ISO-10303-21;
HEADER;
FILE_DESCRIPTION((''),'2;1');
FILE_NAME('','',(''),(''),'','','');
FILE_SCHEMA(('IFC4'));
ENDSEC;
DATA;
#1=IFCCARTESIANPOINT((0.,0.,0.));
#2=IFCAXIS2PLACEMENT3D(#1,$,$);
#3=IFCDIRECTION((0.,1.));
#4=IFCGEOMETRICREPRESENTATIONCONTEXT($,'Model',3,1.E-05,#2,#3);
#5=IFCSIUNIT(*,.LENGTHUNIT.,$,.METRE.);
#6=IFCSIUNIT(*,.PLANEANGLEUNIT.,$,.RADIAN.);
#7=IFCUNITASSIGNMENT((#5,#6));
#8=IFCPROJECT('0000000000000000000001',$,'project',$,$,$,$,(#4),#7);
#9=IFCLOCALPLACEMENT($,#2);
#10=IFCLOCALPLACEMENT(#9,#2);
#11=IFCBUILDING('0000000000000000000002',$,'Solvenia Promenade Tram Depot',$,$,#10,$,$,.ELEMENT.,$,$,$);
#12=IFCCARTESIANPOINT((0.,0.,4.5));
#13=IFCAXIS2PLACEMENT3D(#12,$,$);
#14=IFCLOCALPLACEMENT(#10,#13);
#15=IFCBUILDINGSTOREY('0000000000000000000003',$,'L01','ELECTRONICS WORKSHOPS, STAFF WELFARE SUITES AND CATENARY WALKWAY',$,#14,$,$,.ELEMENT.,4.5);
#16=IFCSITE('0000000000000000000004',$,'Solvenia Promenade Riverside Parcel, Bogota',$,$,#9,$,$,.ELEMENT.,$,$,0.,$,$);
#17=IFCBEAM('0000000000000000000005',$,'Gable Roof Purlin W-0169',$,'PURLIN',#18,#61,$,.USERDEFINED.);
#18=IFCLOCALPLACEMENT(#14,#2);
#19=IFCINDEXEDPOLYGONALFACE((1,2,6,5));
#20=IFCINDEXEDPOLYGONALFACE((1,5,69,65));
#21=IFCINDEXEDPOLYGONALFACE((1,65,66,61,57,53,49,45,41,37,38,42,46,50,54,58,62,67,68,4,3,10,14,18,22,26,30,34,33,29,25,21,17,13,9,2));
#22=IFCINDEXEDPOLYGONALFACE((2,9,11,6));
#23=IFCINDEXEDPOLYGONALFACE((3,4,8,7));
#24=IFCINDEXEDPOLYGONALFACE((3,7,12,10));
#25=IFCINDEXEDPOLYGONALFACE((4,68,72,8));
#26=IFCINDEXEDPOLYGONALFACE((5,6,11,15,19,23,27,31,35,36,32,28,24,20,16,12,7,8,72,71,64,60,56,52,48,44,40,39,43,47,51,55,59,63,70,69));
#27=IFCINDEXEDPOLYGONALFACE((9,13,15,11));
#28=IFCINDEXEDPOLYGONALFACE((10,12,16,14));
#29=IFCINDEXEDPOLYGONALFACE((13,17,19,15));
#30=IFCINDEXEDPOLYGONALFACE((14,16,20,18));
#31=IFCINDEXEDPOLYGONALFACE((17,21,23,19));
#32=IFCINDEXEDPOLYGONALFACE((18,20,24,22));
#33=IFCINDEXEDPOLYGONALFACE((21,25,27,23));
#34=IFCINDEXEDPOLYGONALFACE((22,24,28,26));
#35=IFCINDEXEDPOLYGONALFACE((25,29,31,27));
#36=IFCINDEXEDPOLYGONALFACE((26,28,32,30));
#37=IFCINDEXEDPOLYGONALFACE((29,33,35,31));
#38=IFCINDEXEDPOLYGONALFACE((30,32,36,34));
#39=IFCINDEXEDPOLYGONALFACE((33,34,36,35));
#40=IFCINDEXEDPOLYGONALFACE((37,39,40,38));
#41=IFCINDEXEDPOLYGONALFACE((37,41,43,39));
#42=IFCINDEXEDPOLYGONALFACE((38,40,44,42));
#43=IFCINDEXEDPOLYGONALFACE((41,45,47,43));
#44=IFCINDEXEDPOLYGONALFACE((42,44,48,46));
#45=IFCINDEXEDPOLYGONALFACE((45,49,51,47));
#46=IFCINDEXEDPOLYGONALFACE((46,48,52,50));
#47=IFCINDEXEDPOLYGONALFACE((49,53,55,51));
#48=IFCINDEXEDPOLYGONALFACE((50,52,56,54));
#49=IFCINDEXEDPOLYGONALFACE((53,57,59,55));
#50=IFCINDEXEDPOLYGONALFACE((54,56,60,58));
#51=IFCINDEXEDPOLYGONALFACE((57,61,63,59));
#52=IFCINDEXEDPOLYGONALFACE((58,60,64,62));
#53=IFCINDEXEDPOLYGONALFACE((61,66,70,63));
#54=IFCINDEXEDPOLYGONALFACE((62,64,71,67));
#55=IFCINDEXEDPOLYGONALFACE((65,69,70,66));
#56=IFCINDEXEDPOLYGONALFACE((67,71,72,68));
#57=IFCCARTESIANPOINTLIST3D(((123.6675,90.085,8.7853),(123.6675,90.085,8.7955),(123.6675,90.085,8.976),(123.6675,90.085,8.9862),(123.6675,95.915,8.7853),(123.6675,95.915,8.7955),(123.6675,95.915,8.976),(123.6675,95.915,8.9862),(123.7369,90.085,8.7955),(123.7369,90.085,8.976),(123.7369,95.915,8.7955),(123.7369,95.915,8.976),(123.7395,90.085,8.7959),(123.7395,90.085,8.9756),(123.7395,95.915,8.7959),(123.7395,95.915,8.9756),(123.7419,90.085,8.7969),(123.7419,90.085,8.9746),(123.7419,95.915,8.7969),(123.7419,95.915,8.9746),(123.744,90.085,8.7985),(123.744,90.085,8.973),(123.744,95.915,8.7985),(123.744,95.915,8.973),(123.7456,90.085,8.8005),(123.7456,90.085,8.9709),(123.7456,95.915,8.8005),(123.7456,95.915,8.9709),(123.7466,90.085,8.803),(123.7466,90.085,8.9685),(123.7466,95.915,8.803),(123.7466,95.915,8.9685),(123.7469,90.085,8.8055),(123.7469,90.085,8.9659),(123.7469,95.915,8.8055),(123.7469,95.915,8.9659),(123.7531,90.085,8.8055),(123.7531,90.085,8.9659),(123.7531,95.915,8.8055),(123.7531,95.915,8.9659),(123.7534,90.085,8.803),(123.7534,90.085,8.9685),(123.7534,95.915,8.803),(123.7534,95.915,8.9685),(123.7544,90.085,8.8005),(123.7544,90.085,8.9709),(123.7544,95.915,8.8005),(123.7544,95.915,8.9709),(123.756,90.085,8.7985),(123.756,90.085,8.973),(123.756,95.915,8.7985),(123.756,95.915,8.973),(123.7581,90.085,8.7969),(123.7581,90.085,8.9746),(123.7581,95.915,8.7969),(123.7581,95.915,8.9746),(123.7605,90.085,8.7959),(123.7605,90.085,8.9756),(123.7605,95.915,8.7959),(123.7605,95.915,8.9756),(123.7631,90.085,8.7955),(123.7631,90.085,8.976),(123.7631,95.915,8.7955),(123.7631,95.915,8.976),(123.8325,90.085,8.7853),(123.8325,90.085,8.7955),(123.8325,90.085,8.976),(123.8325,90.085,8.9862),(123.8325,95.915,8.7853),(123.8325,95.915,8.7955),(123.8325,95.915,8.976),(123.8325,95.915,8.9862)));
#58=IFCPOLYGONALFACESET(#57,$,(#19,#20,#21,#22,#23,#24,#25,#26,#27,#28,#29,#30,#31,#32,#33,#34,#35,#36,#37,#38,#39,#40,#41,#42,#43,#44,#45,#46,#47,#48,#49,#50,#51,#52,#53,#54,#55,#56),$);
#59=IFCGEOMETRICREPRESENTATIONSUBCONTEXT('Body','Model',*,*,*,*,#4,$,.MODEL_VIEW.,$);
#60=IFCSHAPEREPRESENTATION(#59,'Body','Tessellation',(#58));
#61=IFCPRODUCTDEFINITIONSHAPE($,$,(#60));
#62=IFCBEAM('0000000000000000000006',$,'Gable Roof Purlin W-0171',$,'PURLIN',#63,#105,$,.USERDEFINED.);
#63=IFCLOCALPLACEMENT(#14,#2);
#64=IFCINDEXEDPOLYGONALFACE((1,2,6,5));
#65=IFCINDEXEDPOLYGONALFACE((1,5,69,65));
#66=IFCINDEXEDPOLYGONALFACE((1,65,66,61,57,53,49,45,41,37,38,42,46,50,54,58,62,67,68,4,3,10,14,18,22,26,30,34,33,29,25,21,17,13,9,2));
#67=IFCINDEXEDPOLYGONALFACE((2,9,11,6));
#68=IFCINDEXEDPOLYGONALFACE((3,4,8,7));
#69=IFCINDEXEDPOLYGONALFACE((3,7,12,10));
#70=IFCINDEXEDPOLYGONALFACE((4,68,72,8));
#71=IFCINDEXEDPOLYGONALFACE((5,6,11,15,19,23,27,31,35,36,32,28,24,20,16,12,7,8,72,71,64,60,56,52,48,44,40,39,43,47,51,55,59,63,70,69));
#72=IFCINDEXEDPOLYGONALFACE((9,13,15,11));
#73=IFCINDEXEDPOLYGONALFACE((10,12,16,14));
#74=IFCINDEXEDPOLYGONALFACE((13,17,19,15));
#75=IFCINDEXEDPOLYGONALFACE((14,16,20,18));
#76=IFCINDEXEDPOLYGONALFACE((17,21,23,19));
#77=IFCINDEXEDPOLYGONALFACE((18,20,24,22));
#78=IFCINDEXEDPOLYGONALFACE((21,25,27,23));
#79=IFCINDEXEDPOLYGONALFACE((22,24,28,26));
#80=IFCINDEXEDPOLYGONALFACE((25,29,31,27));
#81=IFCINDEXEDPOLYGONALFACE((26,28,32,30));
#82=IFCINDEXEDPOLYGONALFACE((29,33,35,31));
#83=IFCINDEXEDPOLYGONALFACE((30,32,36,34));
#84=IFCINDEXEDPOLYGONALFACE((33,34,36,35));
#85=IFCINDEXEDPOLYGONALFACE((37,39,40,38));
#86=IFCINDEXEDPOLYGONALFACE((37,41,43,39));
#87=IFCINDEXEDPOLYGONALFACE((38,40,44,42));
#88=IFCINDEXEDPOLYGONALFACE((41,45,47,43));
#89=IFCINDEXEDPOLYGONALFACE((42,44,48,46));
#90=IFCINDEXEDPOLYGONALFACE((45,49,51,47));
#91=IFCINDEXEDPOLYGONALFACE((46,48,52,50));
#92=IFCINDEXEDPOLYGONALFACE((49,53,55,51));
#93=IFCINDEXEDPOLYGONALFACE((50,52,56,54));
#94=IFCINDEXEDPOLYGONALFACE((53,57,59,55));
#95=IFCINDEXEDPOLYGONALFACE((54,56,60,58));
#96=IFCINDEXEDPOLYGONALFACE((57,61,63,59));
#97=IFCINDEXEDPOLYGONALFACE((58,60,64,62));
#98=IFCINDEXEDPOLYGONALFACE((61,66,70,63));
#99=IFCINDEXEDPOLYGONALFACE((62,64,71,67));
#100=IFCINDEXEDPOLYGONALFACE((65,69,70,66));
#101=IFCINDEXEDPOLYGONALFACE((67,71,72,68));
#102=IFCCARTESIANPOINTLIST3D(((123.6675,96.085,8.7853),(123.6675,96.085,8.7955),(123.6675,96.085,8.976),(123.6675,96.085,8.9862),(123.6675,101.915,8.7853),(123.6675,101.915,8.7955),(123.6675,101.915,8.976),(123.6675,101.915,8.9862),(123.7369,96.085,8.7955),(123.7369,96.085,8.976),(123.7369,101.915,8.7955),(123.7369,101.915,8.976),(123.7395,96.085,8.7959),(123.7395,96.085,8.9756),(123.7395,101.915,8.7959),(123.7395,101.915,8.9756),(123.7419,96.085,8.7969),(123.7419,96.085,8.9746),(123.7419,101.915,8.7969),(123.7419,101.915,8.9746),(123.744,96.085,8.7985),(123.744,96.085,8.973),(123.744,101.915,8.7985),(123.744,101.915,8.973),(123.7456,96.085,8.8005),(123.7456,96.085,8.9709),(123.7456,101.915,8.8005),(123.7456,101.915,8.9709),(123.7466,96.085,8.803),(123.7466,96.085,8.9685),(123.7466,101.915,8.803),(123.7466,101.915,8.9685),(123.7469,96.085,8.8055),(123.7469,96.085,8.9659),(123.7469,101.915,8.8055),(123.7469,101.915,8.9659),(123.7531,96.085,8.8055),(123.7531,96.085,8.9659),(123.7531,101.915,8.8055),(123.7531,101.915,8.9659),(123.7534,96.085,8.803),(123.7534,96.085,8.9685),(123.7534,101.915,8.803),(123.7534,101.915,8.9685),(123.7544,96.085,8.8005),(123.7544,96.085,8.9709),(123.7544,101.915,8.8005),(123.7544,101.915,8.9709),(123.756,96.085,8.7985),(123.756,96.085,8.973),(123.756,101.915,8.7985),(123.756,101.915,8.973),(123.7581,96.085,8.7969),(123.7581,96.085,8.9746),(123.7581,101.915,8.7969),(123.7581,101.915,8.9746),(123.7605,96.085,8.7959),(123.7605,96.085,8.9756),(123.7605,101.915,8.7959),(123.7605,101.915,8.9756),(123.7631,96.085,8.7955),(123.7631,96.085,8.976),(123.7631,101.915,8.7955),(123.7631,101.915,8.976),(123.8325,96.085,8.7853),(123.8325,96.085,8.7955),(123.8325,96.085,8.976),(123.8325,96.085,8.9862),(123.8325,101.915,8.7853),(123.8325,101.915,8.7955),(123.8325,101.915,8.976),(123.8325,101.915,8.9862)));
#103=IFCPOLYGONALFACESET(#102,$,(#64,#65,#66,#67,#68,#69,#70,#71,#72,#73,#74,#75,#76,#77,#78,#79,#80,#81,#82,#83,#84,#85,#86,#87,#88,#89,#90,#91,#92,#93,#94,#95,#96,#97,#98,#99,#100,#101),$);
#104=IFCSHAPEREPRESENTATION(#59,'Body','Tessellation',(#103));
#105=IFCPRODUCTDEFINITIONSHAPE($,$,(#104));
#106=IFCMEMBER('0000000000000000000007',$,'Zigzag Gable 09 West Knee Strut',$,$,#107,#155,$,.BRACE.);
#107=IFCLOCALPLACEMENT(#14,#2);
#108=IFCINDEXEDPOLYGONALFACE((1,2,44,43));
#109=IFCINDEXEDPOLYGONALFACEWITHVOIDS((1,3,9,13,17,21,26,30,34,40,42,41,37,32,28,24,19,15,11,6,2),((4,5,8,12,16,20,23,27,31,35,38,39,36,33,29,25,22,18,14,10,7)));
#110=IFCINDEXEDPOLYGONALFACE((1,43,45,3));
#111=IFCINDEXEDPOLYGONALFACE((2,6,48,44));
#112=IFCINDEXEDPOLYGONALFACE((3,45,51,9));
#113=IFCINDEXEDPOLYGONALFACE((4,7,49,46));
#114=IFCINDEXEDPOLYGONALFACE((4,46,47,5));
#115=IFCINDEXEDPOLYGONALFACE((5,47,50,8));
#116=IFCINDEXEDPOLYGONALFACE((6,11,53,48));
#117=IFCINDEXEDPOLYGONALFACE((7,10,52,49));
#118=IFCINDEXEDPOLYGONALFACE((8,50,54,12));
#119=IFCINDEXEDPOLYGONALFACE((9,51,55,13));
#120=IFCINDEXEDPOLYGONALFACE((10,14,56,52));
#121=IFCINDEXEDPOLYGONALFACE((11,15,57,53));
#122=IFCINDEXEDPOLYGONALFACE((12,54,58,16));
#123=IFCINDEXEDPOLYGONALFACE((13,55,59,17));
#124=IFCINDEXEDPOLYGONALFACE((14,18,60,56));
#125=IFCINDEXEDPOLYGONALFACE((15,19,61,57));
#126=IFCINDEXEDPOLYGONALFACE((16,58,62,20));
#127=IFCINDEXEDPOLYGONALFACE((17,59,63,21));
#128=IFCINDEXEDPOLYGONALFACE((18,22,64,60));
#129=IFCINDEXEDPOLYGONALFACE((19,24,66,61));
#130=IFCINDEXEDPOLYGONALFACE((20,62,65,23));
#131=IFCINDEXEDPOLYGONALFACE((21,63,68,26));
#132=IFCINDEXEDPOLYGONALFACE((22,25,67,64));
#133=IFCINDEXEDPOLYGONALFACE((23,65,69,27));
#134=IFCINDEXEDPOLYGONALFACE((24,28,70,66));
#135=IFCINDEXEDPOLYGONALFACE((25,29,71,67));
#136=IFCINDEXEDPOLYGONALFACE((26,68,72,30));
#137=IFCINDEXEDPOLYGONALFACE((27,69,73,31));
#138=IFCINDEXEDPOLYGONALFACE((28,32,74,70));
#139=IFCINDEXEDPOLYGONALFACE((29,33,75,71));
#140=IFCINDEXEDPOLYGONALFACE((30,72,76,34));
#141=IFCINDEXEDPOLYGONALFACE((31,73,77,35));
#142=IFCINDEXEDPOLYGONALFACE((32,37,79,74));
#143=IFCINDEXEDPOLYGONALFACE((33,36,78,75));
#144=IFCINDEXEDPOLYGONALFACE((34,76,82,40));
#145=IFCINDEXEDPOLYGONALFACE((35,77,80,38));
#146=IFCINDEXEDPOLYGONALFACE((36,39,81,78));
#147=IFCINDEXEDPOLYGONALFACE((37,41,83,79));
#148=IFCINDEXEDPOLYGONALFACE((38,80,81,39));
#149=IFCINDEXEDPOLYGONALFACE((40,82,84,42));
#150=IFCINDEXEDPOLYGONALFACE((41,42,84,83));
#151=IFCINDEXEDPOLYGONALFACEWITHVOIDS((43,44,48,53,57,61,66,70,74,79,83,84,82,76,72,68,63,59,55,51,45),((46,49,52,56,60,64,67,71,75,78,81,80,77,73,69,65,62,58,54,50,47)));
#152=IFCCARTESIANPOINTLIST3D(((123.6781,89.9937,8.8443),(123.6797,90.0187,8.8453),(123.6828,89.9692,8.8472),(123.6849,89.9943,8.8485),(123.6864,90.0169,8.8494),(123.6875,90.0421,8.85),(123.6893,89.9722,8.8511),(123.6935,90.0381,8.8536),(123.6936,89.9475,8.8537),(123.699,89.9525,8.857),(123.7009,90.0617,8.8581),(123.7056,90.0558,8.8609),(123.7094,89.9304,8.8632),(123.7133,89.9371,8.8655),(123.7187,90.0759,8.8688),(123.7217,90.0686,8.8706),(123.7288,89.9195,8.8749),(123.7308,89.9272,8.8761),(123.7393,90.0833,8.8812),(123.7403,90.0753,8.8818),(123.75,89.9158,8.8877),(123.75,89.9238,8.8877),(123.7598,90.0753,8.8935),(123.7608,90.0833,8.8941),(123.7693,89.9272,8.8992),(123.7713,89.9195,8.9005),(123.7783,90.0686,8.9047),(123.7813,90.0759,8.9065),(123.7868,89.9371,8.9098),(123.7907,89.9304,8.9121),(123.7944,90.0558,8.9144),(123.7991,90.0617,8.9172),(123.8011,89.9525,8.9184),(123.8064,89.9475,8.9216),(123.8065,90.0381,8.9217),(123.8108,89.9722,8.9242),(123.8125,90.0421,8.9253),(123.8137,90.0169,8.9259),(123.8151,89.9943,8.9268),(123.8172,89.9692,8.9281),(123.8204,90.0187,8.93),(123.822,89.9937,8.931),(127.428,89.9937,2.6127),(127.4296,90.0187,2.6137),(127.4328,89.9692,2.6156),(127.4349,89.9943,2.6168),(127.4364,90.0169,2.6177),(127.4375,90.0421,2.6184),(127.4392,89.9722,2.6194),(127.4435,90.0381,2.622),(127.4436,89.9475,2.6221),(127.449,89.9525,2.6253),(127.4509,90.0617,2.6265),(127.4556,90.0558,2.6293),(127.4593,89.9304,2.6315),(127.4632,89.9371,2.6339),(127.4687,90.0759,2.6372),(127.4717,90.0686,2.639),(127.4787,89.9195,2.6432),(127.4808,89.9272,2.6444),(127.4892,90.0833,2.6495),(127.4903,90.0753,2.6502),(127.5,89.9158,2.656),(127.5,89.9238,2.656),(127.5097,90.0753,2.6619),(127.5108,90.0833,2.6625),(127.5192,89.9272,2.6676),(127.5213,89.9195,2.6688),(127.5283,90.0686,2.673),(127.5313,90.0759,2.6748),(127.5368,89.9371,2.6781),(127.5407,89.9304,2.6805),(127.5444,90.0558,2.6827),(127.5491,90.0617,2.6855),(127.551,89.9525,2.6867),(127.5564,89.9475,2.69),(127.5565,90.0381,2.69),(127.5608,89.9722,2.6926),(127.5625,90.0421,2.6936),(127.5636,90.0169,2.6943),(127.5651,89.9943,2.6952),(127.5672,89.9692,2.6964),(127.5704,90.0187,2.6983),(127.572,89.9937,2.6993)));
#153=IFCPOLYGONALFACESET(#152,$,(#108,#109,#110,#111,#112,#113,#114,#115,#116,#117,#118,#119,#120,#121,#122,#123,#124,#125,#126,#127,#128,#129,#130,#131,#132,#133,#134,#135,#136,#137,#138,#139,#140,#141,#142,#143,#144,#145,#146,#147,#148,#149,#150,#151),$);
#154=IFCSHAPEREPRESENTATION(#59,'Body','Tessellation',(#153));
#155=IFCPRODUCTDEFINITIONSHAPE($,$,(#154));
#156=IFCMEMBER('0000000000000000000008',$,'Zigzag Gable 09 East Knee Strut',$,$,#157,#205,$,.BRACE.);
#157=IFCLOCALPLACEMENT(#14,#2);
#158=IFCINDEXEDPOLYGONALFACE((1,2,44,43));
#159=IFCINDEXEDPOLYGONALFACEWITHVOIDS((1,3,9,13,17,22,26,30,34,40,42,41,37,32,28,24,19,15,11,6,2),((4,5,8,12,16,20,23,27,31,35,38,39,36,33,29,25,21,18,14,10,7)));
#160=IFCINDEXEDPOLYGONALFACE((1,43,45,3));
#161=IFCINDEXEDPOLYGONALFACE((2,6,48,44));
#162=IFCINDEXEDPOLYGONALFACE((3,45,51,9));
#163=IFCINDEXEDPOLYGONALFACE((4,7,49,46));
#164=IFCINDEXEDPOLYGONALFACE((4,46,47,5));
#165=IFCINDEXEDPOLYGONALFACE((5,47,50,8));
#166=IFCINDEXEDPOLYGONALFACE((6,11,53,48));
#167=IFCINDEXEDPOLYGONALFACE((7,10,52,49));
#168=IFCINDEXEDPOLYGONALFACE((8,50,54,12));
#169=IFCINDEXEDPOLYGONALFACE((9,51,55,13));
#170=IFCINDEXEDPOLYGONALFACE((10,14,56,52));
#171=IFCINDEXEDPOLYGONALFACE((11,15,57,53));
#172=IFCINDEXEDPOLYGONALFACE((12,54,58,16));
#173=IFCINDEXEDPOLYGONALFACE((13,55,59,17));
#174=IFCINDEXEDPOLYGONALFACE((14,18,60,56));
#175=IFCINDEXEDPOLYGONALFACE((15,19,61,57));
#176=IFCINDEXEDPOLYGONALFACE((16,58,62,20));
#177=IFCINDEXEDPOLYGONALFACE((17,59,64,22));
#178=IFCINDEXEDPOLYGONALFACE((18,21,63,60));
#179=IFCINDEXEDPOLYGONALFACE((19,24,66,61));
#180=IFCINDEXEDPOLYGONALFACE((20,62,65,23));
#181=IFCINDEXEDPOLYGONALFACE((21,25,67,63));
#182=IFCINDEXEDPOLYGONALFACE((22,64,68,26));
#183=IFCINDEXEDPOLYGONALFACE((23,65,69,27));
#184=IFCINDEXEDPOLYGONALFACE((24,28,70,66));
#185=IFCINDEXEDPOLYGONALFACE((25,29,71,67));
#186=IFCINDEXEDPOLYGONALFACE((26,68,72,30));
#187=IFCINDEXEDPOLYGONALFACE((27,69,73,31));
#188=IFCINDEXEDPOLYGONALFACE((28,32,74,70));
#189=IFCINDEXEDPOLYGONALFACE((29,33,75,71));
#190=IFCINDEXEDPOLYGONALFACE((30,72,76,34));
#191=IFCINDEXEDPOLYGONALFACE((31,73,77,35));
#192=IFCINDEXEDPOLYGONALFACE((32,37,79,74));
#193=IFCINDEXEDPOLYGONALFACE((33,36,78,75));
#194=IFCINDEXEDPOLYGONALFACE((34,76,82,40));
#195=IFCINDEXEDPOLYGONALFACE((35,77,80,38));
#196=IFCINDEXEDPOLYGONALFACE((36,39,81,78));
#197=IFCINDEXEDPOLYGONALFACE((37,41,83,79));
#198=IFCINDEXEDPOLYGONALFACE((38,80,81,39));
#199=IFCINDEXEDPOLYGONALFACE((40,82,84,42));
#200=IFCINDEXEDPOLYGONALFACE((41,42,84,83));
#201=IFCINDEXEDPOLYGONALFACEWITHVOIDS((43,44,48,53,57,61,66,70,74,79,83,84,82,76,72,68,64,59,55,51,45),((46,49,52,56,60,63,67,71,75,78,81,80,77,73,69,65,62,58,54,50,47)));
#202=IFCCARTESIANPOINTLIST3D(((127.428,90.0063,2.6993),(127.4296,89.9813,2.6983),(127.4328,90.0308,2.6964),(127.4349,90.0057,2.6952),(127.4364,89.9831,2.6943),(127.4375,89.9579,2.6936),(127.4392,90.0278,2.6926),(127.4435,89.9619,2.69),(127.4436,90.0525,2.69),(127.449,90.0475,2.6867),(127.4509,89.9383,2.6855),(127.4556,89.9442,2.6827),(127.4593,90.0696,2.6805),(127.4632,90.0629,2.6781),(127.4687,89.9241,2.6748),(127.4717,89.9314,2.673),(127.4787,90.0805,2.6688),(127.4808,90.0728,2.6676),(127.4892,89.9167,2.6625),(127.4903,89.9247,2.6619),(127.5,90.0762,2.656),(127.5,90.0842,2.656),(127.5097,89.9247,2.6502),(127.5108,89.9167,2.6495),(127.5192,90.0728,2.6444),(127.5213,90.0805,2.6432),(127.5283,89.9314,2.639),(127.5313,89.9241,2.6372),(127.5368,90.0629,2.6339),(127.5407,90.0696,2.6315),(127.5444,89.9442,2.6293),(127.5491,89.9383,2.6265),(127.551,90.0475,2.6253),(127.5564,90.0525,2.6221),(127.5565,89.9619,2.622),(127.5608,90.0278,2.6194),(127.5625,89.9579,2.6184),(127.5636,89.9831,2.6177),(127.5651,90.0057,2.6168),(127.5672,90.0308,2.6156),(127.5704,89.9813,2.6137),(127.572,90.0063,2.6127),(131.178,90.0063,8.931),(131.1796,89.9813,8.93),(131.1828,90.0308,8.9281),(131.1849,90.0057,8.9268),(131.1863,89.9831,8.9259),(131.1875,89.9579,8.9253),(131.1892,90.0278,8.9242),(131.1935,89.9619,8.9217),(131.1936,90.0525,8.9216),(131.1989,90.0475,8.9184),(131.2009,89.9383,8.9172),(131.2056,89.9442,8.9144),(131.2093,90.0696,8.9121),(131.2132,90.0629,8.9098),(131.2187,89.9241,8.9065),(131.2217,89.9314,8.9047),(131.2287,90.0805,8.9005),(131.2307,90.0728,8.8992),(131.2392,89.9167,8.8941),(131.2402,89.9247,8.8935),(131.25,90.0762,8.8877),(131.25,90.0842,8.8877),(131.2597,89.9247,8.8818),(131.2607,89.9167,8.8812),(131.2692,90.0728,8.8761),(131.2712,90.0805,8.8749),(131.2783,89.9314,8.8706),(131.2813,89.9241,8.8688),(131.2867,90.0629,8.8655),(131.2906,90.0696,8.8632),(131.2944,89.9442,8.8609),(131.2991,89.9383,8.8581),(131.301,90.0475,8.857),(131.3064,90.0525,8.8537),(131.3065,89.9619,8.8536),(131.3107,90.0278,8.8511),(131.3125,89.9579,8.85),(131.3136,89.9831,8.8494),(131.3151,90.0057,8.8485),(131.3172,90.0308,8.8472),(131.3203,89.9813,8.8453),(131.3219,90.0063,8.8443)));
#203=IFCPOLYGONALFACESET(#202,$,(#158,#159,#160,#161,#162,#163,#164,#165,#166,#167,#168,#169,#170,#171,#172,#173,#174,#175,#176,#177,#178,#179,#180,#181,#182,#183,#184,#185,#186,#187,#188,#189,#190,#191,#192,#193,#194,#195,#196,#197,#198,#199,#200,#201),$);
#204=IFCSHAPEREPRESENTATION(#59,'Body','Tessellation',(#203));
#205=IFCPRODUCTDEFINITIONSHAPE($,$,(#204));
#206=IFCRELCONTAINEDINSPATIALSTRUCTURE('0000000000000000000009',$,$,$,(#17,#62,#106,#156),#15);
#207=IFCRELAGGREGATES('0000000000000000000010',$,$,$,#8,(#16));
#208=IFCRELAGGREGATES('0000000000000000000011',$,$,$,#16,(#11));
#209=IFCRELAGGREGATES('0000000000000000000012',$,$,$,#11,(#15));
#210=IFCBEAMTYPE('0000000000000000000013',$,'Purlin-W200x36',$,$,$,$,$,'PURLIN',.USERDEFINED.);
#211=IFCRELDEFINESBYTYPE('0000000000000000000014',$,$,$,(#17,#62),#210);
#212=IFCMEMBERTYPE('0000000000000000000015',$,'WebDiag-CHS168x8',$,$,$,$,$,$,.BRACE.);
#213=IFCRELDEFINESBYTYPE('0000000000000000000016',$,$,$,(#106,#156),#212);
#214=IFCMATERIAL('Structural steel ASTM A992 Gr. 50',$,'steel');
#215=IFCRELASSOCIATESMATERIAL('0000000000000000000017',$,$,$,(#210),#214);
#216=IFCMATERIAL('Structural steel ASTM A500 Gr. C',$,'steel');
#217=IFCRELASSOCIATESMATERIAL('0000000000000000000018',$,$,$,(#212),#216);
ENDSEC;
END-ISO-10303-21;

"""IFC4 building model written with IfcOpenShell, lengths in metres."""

from ifc_helpers import new_model, si_unit, direction, frame, origin, origin_2d, place, context, subcontext, project, spatial, hollow_circle, i_section, extrude, material, material_profile, profile_set, type_object, element, save


model = new_model("IFC4")

# Units and contexts
model_context = context("Model", 3, precision=1e-05, world=origin(), true_north=direction((0.0, 1.0)))
body_context = subcontext(model_context, "Body", "Model", "MODEL_VIEW")
ifc_project = project(units=[si_unit("LENGTHUNIT", "METRE"), si_unit("PLANEANGLEUNIT", "RADIAN")], contexts=[model_context])

# Site, building, storey
site_placement = place(None, origin())
site = spatial("IfcSite", under=ifc_project, at=site_placement, Name="Solvenia Promenade Riverside Parcel, Bogota", CompositionType="ELEMENT", RefElevation=0.0)
building_placement = place(site_placement, origin())
building = spatial("IfcBuilding", under=site, at=building_placement, Name="Solvenia Promenade Tram Depot", CompositionType="ELEMENT")
storey_placement = place(building_placement, frame((0.0, 0.0, 4.5)))
storey = spatial("IfcBuildingStorey", under=building, at=storey_placement, Name="L01", Description="ELECTRONICS WORKSHOPS, STAFF WELFARE SUITES AND CATENARY WALKWAY", CompositionType="ELEMENT", Elevation=4.5)

# Shared definitions
ifc_material_1 = material(Name="Structural steel ASTM A500 Gr. C", Category="steel")

# Beams
ifc_material_2 = material(Name="Structural steel ASTM A992 Gr. 50", Category="steel")
ifc_material_profile_1 = material_profile(ifc_material_2, i_section(OverallWidth=0.165, OverallDepth=0.2009, WebThickness=0.0061, FlangeThickness=0.0103, FilletRadius=0.01, at=origin_2d()), Name="W200x36", Category="steel")
ifc_profile_set_1 = profile_set([ifc_material_profile_1], Name="Structural steel ASTM A992 Gr. 50")
beam_type_1 = type_object("IfcBeamType", Name="Purlin-W200x36", ElementType="PURLIN", PredefinedType="USERDEFINED", material=ifc_profile_set_1)
for number, where, z_axis, x_axis, name in (
    (1, (123.75, 90.085, 8.8857), (0.0, 1.0, 0.0), (-1.0, 0.0, 0.0), "Gable Roof Purlin W-0169"),
    (2, (123.75, 96.085, 8.8857), (0.0, 1.0, 0.0), (-1.0, 0.0, 0.0), "Gable Roof Purlin W-0171"),
):
    element("IfcBeam", number, at=place(storey_placement, frame(where, z_axis=z_axis, x_axis=x_axis)), inside=storey, type_object=beam_type_1, Name=name, ObjectType="PURLIN", PredefinedType="USERDEFINED", context=body_context, shape_type="SweptSolid", body=[
        extrude(i_section(OverallWidth=0.165, OverallDepth=0.2009, WebThickness=0.0061, FlangeThickness=0.0103, FilletRadius=0.01, at=origin_2d()), origin(), (0.0, 0.0, 1.0), 5.8301),
    ])

# Members
ifc_material_profile_2 = material_profile(ifc_material_1, hollow_circle(Radius=0.0842, WallThickness=0.0081, at=origin_2d()), Name="CHS168.3x8", Category="steel")
ifc_profile_set_2 = profile_set([ifc_material_profile_2], Name="Structural steel ASTM A500 Gr. C")
member_type_1 = type_object("IfcMemberType", Name="WebDiag-CHS168x8", PredefinedType="BRACE", material=ifc_profile_set_2)
for number, where, z_axis, x_axis, name in (
    (3, (127.5, 90.0, 2.656), (-0.515606, 0.0, 0.856826), (0.0, -1.0, 0.0), "Zigzag Gable 09 West Knee Strut"),
    (4, (127.5, 90.0, 2.656), (0.515606, 0.0, 0.856826), (0.0, 1.0, 0.0), "Zigzag Gable 09 East Knee Strut"),
):
    element("IfcMember", number, at=place(storey_placement, frame(where, z_axis=z_axis, x_axis=x_axis)), inside=storey, type_object=member_type_1, Name=name, PredefinedType="BRACE", context=body_context, shape_type="SweptSolid", body=[
        extrude(hollow_circle(Radius=0.0842, WallThickness=0.0081, at=origin_2d()), origin(), (0.0, 0.0, 1.0), 7.2729),
    ])

save(model, "model.ifc")
